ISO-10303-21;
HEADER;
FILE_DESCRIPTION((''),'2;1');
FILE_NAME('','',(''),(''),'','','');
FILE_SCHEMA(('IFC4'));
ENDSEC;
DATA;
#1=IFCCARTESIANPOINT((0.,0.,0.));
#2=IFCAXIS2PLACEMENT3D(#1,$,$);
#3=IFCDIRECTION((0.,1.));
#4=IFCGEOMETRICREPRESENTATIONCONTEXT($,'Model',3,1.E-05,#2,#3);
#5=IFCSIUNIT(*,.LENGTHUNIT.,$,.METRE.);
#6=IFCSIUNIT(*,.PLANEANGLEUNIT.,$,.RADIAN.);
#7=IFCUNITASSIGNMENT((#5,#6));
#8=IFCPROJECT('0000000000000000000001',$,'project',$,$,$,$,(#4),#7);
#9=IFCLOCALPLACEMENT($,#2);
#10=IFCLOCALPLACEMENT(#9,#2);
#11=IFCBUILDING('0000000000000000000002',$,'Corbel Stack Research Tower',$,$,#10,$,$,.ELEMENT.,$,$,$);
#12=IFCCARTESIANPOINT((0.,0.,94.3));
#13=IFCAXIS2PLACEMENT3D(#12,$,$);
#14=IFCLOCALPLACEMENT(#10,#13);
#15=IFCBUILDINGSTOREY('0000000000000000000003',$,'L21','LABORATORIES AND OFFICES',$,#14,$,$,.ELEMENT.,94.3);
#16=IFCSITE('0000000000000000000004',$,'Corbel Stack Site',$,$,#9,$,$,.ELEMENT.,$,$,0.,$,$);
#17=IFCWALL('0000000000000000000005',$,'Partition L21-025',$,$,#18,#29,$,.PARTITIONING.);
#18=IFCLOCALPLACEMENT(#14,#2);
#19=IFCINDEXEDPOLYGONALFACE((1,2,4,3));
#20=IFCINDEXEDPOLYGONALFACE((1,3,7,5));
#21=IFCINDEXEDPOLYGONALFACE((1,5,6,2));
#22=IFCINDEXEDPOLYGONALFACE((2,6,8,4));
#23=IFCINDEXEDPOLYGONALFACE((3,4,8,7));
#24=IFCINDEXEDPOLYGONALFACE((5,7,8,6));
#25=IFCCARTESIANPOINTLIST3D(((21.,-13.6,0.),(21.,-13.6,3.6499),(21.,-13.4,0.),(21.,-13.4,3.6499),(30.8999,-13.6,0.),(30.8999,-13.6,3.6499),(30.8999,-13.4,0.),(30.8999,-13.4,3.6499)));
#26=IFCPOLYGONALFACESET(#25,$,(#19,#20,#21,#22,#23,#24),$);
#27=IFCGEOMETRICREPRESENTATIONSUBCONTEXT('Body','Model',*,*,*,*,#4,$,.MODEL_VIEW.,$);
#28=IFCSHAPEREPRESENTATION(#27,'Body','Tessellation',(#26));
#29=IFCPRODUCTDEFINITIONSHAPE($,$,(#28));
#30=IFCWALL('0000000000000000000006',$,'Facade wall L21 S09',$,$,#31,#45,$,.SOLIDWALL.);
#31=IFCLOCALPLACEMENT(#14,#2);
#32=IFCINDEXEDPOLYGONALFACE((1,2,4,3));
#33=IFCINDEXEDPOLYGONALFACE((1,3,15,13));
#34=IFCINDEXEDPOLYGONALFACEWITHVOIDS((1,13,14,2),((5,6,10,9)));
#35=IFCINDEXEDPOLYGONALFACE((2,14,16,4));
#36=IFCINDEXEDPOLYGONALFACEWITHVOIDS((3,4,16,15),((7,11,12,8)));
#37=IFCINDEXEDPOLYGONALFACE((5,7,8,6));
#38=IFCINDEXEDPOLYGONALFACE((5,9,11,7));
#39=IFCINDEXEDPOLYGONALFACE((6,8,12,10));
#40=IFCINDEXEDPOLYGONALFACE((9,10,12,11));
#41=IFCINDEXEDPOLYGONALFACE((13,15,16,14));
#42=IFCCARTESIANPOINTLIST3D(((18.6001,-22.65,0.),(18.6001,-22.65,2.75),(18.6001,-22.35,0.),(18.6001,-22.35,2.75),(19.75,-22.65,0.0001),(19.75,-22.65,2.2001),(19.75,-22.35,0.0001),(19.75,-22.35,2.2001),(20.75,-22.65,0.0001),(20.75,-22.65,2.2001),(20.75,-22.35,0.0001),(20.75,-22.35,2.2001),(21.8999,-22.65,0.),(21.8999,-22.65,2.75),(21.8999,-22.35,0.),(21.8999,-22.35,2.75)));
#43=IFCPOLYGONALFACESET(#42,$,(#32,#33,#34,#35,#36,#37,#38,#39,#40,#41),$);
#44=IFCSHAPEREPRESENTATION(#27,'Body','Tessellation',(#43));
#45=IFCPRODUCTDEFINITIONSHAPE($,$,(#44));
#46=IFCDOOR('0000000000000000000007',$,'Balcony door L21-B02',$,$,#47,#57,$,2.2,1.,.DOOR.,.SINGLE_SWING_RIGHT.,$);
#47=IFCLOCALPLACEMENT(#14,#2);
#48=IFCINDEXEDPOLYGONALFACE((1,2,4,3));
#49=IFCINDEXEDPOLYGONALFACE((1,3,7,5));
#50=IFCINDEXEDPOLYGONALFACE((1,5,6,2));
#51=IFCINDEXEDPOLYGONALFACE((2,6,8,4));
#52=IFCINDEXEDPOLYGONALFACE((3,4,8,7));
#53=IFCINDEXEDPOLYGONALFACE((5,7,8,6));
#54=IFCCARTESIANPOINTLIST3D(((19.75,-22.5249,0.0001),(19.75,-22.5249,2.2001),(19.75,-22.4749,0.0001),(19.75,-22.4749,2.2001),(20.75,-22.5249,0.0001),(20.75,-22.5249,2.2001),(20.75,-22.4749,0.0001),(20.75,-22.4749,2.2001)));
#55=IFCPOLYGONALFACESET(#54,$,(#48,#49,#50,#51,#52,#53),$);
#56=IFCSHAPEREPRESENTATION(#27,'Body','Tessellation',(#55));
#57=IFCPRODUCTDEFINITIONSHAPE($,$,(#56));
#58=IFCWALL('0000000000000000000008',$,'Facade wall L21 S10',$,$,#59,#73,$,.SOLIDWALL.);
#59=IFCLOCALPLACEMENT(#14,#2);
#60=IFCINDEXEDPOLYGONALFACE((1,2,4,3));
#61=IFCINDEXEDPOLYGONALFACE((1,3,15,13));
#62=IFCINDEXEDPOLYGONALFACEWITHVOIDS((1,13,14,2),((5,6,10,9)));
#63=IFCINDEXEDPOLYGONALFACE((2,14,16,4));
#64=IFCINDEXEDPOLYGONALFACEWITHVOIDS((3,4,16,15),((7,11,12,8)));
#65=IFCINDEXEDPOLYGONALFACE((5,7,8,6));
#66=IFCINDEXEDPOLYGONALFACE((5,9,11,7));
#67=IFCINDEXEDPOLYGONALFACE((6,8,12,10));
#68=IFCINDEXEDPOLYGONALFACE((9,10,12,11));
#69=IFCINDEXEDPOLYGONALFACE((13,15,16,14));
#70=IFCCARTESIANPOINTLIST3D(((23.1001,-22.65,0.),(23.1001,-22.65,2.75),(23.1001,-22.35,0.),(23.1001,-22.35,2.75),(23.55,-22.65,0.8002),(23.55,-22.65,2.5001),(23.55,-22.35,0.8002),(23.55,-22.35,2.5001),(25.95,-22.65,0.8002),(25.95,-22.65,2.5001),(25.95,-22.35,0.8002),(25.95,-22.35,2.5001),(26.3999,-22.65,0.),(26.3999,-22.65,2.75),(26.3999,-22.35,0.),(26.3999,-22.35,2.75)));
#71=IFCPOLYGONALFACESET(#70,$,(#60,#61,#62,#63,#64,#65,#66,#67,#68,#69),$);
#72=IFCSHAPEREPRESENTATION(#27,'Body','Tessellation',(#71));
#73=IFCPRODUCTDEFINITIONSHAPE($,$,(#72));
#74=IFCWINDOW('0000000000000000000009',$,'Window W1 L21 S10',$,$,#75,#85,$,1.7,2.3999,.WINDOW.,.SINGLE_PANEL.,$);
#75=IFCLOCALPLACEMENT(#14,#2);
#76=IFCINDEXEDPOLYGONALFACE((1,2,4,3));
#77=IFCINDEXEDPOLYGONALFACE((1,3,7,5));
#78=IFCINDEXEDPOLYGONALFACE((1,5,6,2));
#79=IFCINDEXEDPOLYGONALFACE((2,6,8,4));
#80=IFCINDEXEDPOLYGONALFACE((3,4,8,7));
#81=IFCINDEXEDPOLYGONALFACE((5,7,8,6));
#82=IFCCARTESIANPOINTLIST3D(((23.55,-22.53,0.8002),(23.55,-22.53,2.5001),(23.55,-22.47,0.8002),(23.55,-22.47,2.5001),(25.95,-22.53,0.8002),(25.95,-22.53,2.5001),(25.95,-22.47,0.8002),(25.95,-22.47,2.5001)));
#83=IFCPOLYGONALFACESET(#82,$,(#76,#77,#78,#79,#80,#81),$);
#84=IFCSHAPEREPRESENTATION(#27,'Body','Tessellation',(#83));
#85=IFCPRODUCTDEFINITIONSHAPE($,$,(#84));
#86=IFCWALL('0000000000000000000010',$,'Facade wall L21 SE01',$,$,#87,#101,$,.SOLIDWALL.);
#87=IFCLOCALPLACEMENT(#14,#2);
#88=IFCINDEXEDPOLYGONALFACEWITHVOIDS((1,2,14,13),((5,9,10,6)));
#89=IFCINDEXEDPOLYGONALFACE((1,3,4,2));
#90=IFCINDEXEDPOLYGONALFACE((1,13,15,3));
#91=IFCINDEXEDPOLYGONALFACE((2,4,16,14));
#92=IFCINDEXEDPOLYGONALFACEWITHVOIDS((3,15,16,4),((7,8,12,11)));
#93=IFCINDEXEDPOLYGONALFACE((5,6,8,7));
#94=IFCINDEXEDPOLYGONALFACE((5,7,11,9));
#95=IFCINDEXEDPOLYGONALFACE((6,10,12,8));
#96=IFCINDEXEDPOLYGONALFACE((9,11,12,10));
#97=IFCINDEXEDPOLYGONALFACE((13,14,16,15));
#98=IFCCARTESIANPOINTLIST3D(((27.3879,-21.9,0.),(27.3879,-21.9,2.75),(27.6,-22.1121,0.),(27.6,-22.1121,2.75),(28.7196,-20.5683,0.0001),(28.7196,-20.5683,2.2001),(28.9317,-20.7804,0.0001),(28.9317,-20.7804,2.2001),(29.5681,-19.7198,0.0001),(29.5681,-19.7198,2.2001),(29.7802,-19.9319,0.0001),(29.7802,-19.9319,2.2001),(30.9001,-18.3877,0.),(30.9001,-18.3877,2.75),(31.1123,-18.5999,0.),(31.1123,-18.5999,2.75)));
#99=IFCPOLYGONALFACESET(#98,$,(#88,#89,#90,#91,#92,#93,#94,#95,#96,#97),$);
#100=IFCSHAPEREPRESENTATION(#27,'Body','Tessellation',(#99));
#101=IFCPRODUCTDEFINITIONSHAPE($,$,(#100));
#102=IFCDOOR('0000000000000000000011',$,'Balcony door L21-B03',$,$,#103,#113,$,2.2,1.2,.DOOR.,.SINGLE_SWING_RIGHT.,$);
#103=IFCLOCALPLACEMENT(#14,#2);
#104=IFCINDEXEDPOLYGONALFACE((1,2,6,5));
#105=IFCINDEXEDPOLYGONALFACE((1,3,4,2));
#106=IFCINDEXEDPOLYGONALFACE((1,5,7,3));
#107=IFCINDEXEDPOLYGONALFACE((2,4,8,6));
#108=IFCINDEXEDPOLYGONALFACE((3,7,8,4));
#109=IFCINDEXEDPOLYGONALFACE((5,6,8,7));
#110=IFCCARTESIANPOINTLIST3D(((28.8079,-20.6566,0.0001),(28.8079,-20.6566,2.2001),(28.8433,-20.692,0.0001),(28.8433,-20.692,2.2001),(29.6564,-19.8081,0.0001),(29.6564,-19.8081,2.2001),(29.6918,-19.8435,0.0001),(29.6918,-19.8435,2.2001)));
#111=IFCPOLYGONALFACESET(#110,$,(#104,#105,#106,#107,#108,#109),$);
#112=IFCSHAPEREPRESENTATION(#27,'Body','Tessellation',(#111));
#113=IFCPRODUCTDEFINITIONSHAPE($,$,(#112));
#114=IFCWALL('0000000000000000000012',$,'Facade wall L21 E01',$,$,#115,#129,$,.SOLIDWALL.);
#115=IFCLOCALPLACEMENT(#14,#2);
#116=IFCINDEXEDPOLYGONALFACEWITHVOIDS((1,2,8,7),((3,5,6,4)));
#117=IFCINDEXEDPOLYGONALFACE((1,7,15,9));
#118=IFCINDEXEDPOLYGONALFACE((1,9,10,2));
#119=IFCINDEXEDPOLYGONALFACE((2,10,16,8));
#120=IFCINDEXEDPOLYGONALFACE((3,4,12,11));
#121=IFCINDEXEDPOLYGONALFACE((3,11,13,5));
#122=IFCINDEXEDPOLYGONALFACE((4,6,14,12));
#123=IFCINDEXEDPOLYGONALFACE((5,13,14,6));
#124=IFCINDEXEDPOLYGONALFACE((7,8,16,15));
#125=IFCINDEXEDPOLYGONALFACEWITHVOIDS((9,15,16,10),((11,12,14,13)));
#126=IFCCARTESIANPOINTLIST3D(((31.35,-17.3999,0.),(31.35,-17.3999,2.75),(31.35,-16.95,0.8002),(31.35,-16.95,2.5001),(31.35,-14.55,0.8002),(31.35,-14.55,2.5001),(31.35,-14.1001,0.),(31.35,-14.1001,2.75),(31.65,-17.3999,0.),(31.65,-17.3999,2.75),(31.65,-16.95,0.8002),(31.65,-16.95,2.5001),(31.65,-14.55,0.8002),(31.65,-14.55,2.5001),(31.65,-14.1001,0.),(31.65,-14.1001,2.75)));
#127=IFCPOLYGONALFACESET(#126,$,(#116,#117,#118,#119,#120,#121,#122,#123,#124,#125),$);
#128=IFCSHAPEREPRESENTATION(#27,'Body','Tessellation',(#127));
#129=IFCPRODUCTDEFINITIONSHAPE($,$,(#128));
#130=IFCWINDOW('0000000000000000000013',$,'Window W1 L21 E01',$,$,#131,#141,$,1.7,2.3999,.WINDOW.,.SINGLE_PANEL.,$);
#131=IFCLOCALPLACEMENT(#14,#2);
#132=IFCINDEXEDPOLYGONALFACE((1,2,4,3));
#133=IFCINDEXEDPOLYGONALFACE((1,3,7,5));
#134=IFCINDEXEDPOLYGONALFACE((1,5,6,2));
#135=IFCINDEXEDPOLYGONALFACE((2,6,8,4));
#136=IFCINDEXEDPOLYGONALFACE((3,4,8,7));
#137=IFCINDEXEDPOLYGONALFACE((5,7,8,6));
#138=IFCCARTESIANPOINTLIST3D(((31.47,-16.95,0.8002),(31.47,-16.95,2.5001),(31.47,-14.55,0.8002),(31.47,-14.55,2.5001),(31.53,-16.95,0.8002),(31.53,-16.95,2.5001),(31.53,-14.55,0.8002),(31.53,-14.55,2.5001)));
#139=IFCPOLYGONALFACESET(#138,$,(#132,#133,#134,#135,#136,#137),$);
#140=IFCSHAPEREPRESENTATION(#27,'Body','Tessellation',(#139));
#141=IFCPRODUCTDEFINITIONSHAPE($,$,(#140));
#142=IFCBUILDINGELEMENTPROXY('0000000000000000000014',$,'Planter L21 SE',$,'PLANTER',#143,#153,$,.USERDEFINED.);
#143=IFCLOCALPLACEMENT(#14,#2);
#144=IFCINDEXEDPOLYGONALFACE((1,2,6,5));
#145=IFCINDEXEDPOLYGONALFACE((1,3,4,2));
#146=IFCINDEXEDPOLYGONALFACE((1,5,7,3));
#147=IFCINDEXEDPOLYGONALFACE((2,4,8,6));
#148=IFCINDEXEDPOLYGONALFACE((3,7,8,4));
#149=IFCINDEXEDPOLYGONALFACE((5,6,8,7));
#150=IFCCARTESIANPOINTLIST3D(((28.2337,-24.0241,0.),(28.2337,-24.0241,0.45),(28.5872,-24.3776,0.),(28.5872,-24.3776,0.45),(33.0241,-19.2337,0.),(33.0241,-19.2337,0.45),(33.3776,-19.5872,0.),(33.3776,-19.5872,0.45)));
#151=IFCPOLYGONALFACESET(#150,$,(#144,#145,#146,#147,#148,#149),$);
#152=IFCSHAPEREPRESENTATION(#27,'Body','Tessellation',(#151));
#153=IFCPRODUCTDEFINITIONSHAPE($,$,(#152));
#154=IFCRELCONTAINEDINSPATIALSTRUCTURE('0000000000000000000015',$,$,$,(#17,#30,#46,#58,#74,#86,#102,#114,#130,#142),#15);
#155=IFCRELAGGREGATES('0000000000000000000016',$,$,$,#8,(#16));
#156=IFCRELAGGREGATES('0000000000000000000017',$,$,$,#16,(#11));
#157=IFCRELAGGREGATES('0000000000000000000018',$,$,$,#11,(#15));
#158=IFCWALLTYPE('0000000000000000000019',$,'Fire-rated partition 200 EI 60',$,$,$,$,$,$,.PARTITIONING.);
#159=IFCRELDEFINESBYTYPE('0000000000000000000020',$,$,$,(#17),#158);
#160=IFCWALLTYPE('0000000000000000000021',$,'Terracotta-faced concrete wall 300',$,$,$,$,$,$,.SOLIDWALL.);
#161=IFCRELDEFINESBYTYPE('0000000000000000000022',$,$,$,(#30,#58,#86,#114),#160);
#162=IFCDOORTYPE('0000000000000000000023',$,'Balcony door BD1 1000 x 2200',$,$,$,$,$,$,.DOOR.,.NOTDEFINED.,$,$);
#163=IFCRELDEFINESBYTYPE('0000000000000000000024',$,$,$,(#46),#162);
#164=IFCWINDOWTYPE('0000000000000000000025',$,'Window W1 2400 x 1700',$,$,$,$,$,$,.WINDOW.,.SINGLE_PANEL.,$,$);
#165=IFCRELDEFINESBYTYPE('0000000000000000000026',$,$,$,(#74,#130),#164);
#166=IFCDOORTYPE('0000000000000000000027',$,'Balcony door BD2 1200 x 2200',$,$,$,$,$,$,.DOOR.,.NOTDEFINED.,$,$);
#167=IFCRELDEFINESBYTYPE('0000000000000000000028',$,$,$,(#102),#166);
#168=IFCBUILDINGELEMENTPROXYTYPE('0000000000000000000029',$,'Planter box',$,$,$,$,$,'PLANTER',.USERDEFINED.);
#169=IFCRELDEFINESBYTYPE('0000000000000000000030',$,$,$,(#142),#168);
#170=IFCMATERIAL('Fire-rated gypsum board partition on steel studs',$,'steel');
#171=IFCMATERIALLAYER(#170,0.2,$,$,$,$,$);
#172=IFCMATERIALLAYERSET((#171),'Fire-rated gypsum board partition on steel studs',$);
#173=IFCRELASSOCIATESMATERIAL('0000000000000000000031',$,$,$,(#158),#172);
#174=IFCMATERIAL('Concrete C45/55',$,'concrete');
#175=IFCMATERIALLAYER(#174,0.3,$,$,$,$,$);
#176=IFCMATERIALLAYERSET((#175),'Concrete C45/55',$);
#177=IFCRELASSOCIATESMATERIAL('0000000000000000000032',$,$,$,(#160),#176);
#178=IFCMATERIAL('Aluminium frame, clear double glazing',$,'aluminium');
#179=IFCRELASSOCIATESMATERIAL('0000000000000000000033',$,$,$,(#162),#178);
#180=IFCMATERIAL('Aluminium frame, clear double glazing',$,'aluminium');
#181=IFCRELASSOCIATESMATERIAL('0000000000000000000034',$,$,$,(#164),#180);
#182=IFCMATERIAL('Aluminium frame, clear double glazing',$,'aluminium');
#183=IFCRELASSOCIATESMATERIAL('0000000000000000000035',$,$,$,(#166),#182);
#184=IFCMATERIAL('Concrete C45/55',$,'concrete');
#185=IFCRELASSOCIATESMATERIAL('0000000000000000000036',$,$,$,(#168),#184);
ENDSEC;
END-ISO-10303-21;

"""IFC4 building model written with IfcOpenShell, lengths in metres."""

from ifc_helpers import new_model, si_unit, direction, frame, frame_2d, origin, origin_2d, place, context, subcontext, project, spatial, rectangle, extrude, material, layer, layer_set, type_object, element, fill, save


model = new_model("IFC4")

# Units and contexts
model_context = context("Model", 3, precision=1e-05, world=origin(), true_north=direction((0.0, 1.0)))
body_context = subcontext(model_context, "Body", "Model", "MODEL_VIEW")
ifc_project = project(units=[si_unit("LENGTHUNIT", "METRE"), si_unit("PLANEANGLEUNIT", "RADIAN")], contexts=[model_context])

# Site, building, storey
site_placement = place(None, origin())
site = spatial("IfcSite", under=ifc_project, at=site_placement, Name="Corbel Stack Site", CompositionType="ELEMENT", RefElevation=0.0)
building_placement = place(site_placement, origin())
building = spatial("IfcBuilding", under=site, at=building_placement, Name="Corbel Stack Research Tower", CompositionType="ELEMENT")
storey_placement = place(building_placement, frame((0.0, 0.0, 94.3)))
storey = spatial("IfcBuildingStorey", under=building, at=storey_placement, Name="L21", Description="LABORATORIES AND OFFICES", CompositionType="ELEMENT", Elevation=94.3)

# Shared definitions
ifc_material_1 = material(Name="Fire-rated gypsum board partition on steel studs", Category="steel")
ifc_layer_1 = layer(ifc_material_1, 0.2)
ifc_layer_set_1 = layer_set([ifc_layer_1], Name="Fire-rated gypsum board partition on steel studs")
wall_type_1 = type_object("IfcWallType", Name="Fire-rated partition 200 EI 60", PredefinedType="PARTITIONING", material=ifc_layer_set_1)

# Wall
wall_1_placement = place(storey_placement, frame((21.0, -13.5, 0.0), z_axis=(0.0, 0.0, 1.0), x_axis=(1.0, 0.0, 0.0)))
element("IfcWall", 1, at=wall_1_placement, inside=storey, type_object=wall_type_1, Name="Partition L21-025", PredefinedType="PARTITIONING", context=body_context, shape_type="SweptSolid", body=[
    extrude(rectangle(XDim=9.8999, YDim=0.2, at=frame_2d((4.95, 0.0))), origin(), (0.0, 0.0, 1.0), 3.6499),
])

# Wall, opening, door
ifc_material_2 = material(Name="Concrete C45/55", Category="concrete")
ifc_layer_2 = layer(ifc_material_2, 0.3)
ifc_layer_set_2 = layer_set([ifc_layer_2], Name="Concrete C45/55")
wall_type_2 = type_object("IfcWallType", Name="Terracotta-faced concrete wall 300", PredefinedType="SOLIDWALL", material=ifc_layer_set_2)
wall_2_placement = place(storey_placement, frame((21.8999, -22.5, 0.0), z_axis=(0.0, 0.0, 1.0), x_axis=(-1.0, 0.0, 0.0)))
wall_2 = element("IfcWall", 2, at=wall_2_placement, inside=storey, type_object=wall_type_2, Name="Facade wall L21 S09", PredefinedType="SOLIDWALL", context=body_context, shape_type="SweptSolid", body=[
    extrude(rectangle(XDim=3.2998, YDim=0.3, at=frame_2d((1.6499, 0.0))), origin(), (0.0, 0.0, 1.0), 2.75),
])
opening_1_placement = place(wall_2_placement, frame((1.1499, 0.0, 0.0)))
opening_1 = element("IfcOpeningElement", 3, at=opening_1_placement, cuts=wall_2, PredefinedType="OPENING", context=body_context, shape_type="SweptSolid", body=[
    extrude(rectangle(XDim=1.0, YDim=2.2, at=frame_2d((0.5, 1.1001))), frame((0.0, 0.1599, 0.0), z_axis=(0.0, -1.0, 0.0), x_axis=(1.0, 0.0, 0.0)), (0.0, 0.0, 1.0), 0.3201),
])
ifc_material_3 = material(Name="Aluminium frame, clear double glazing", Category="aluminium")
door_type_1 = type_object("IfcDoorType", Name="Balcony door BD1 1000 x 2200", OperationType="NOTDEFINED", PredefinedType="DOOR", material=ifc_material_3)
door_1_placement = place(opening_1_placement, origin())
door_1 = element("IfcDoor", 4, at=door_1_placement, inside=storey, type_object=door_type_1, Name="Balcony door L21-B02", OperationType="SINGLE_SWING_RIGHT", OverallHeight=2.2, OverallWidth=1.0, PredefinedType="DOOR", context=body_context, shape_type="SweptSolid", body=[
    extrude(rectangle(XDim=1.0, YDim=2.2, at=frame_2d((0.5, 1.1001))), frame((0.0, 0.0249, 0.0), z_axis=(0.0, -1.0, 0.0), x_axis=(1.0, 0.0, 0.0)), (0.0, 0.0, 1.0), 0.05),
])
fill(opening_1, door_1)

# Wall, opening, window
wall_3_placement = place(storey_placement, frame((26.3999, -22.5, 0.0), z_axis=(0.0, 0.0, 1.0), x_axis=(-1.0, 0.0, 0.0)))
wall_3 = element("IfcWall", 5, at=wall_3_placement, inside=storey, type_object=wall_type_2, Name="Facade wall L21 S10", PredefinedType="SOLIDWALL", context=body_context, shape_type="SweptSolid", body=[
    extrude(rectangle(XDim=3.2998, YDim=0.3, at=frame_2d((1.6499, 0.0))), origin(), (0.0, 0.0, 1.0), 2.75),
])
opening_2_placement = place(wall_3_placement, frame((0.45, 0.0, 0.8)))
opening_2 = element("IfcOpeningElement", 6, at=opening_2_placement, cuts=wall_3, PredefinedType="OPENING", context=body_context, shape_type="SweptSolid", body=[
    extrude(rectangle(XDim=2.3999, YDim=1.7, at=frame_2d((1.2, 0.8501))), frame((0.0, 0.1599, 0.0), z_axis=(0.0, -1.0, 0.0), x_axis=(1.0, 0.0, 0.0)), (0.0, 0.0, 1.0), 0.3201),
])
ifc_material_4 = material(Name="Aluminium frame, clear double glazing", Category="aluminium")
window_type = type_object("IfcWindowType", Name="Window W1 2400 x 1700", PartitioningType="SINGLE_PANEL", PredefinedType="WINDOW", material=ifc_material_4)
window_1_placement = place(opening_2_placement, origin())
window_1 = element("IfcWindow", 7, at=window_1_placement, inside=storey, type_object=window_type, Name="Window W1 L21 S10", OverallHeight=1.7, OverallWidth=2.3999, PartitioningType="SINGLE_PANEL", PredefinedType="WINDOW", context=body_context, shape_type="SweptSolid", body=[
    extrude(rectangle(XDim=2.3999, YDim=1.7, at=frame_2d((1.2, 0.8501))), frame((0.0, 0.03, 0.0), z_axis=(0.0, -1.0, 0.0), x_axis=(1.0, 0.0, 0.0)), (0.0, 0.0, 1.0), 0.0601),
])
fill(opening_2, window_1)

# Wall, opening, door
wall_4_placement = place(storey_placement, frame((31.0061, -18.4939, 0.0), z_axis=(0.0, 0.0, 1.0), x_axis=(-0.707107, -0.707107, 0.0)))
wall_4 = element("IfcWall", 8, at=wall_4_placement, inside=storey, type_object=wall_type_2, Name="Facade wall L21 SE01", PredefinedType="SOLIDWALL", context=body_context, shape_type="SweptSolid", body=[
    extrude(rectangle(XDim=4.967, YDim=0.3, at=frame_2d((2.4834, 0.0))), origin(), (0.0, 0.0, 1.0), 2.75),
])
opening_3_placement = place(wall_4_placement, frame((1.8835, 0.0, 0.0)))
opening_3 = element("IfcOpeningElement", 9, at=opening_3_placement, cuts=wall_4, PredefinedType="OPENING", context=body_context, shape_type="SweptSolid", body=[
    extrude(rectangle(XDim=1.2, YDim=2.2, at=frame_2d((0.6001, 1.1001))), frame((0.0, 0.1599, 0.0), z_axis=(0.0, -1.0, 0.0), x_axis=(1.0, 0.0, 0.0)), (0.0, 0.0, 1.0), 0.3201),
])
ifc_material_5 = material(Name="Aluminium frame, clear double glazing", Category="aluminium")
door_type_2 = type_object("IfcDoorType", Name="Balcony door BD2 1200 x 2200", OperationType="NOTDEFINED", PredefinedType="DOOR", material=ifc_material_5)
door_2_placement = place(opening_3_placement, origin())
door_2 = element("IfcDoor", 10, at=door_2_placement, inside=storey, type_object=door_type_2, Name="Balcony door L21-B03", OperationType="SINGLE_SWING_RIGHT", OverallHeight=2.2, OverallWidth=1.2, PredefinedType="DOOR", context=body_context, shape_type="SweptSolid", body=[
    extrude(rectangle(XDim=1.2, YDim=2.2, at=frame_2d((0.6001, 1.1001))), frame((0.0, 0.0249, 0.0), z_axis=(0.0, -1.0, 0.0), x_axis=(1.0, 0.0, 0.0)), (0.0, 0.0, 1.0), 0.05),
])
fill(opening_3, door_2)

# Wall, opening, window
wall_5_placement = place(storey_placement, frame((31.5, -14.1001, 0.0), z_axis=(0.0, 0.0, 1.0), x_axis=(0.0, -1.0, 0.0)))
wall_5 = element("IfcWall", 11, at=wall_5_placement, inside=storey, type_object=wall_type_2, Name="Facade wall L21 E01", PredefinedType="SOLIDWALL", context=body_context, shape_type="SweptSolid", body=[
    extrude(rectangle(XDim=3.2998, YDim=0.3, at=frame_2d((1.6499, 0.0))), origin(), (0.0, 0.0, 1.0), 2.75),
])
opening_4_placement = place(wall_5_placement, frame((0.45, 0.0, 0.8)))
opening_4 = element("IfcOpeningElement", 12, at=opening_4_placement, cuts=wall_5, PredefinedType="OPENING", context=body_context, shape_type="SweptSolid", body=[
    extrude(rectangle(XDim=2.3999, YDim=1.7, at=frame_2d((1.2, 0.8501))), frame((0.0, 0.1599, 0.0), z_axis=(0.0, -1.0, 0.0), x_axis=(1.0, 0.0, 0.0)), (0.0, 0.0, 1.0), 0.3201),
])
window_2_placement = place(opening_4_placement, origin())
window_2 = element("IfcWindow", 13, at=window_2_placement, inside=storey, type_object=window_type, Name="Window W1 L21 E01", OverallHeight=1.7, OverallWidth=2.3999, PartitioningType="SINGLE_PANEL", PredefinedType="WINDOW", context=body_context, shape_type="SweptSolid", body=[
    extrude(rectangle(XDim=2.3999, YDim=1.7, at=frame_2d((1.2, 0.8501))), frame((0.0, 0.03, 0.0), z_axis=(0.0, -1.0, 0.0), x_axis=(1.0, 0.0, 0.0)), (0.0, 0.0, 1.0), 0.0601),
])
fill(opening_4, window_2)

# Building element proxy
ifc_material_6 = material(Name="Concrete C45/55", Category="concrete")
building_element_proxy_type = type_object("IfcBuildingElementProxyType", Name="Planter box", ElementType="PLANTER", PredefinedType="USERDEFINED", material=ifc_material_6)
proxy_placement = place(storey_placement, frame((30.8057, -21.8057, 0.0), z_axis=(0.0, 0.0, 1.0), x_axis=(0.707107, 0.707107, 0.0)))
element("IfcBuildingElementProxy", 14, at=proxy_placement, inside=storey, type_object=building_element_proxy_type, Name="Planter L21 SE", ObjectType="PLANTER", PredefinedType="USERDEFINED", context=body_context, shape_type="SweptSolid", body=[
    extrude(rectangle(XDim=6.7747, YDim=0.5, at=origin_2d()), origin(), (0.0, 0.0, 1.0), 0.45),
])

save(model, "model.ifc")
